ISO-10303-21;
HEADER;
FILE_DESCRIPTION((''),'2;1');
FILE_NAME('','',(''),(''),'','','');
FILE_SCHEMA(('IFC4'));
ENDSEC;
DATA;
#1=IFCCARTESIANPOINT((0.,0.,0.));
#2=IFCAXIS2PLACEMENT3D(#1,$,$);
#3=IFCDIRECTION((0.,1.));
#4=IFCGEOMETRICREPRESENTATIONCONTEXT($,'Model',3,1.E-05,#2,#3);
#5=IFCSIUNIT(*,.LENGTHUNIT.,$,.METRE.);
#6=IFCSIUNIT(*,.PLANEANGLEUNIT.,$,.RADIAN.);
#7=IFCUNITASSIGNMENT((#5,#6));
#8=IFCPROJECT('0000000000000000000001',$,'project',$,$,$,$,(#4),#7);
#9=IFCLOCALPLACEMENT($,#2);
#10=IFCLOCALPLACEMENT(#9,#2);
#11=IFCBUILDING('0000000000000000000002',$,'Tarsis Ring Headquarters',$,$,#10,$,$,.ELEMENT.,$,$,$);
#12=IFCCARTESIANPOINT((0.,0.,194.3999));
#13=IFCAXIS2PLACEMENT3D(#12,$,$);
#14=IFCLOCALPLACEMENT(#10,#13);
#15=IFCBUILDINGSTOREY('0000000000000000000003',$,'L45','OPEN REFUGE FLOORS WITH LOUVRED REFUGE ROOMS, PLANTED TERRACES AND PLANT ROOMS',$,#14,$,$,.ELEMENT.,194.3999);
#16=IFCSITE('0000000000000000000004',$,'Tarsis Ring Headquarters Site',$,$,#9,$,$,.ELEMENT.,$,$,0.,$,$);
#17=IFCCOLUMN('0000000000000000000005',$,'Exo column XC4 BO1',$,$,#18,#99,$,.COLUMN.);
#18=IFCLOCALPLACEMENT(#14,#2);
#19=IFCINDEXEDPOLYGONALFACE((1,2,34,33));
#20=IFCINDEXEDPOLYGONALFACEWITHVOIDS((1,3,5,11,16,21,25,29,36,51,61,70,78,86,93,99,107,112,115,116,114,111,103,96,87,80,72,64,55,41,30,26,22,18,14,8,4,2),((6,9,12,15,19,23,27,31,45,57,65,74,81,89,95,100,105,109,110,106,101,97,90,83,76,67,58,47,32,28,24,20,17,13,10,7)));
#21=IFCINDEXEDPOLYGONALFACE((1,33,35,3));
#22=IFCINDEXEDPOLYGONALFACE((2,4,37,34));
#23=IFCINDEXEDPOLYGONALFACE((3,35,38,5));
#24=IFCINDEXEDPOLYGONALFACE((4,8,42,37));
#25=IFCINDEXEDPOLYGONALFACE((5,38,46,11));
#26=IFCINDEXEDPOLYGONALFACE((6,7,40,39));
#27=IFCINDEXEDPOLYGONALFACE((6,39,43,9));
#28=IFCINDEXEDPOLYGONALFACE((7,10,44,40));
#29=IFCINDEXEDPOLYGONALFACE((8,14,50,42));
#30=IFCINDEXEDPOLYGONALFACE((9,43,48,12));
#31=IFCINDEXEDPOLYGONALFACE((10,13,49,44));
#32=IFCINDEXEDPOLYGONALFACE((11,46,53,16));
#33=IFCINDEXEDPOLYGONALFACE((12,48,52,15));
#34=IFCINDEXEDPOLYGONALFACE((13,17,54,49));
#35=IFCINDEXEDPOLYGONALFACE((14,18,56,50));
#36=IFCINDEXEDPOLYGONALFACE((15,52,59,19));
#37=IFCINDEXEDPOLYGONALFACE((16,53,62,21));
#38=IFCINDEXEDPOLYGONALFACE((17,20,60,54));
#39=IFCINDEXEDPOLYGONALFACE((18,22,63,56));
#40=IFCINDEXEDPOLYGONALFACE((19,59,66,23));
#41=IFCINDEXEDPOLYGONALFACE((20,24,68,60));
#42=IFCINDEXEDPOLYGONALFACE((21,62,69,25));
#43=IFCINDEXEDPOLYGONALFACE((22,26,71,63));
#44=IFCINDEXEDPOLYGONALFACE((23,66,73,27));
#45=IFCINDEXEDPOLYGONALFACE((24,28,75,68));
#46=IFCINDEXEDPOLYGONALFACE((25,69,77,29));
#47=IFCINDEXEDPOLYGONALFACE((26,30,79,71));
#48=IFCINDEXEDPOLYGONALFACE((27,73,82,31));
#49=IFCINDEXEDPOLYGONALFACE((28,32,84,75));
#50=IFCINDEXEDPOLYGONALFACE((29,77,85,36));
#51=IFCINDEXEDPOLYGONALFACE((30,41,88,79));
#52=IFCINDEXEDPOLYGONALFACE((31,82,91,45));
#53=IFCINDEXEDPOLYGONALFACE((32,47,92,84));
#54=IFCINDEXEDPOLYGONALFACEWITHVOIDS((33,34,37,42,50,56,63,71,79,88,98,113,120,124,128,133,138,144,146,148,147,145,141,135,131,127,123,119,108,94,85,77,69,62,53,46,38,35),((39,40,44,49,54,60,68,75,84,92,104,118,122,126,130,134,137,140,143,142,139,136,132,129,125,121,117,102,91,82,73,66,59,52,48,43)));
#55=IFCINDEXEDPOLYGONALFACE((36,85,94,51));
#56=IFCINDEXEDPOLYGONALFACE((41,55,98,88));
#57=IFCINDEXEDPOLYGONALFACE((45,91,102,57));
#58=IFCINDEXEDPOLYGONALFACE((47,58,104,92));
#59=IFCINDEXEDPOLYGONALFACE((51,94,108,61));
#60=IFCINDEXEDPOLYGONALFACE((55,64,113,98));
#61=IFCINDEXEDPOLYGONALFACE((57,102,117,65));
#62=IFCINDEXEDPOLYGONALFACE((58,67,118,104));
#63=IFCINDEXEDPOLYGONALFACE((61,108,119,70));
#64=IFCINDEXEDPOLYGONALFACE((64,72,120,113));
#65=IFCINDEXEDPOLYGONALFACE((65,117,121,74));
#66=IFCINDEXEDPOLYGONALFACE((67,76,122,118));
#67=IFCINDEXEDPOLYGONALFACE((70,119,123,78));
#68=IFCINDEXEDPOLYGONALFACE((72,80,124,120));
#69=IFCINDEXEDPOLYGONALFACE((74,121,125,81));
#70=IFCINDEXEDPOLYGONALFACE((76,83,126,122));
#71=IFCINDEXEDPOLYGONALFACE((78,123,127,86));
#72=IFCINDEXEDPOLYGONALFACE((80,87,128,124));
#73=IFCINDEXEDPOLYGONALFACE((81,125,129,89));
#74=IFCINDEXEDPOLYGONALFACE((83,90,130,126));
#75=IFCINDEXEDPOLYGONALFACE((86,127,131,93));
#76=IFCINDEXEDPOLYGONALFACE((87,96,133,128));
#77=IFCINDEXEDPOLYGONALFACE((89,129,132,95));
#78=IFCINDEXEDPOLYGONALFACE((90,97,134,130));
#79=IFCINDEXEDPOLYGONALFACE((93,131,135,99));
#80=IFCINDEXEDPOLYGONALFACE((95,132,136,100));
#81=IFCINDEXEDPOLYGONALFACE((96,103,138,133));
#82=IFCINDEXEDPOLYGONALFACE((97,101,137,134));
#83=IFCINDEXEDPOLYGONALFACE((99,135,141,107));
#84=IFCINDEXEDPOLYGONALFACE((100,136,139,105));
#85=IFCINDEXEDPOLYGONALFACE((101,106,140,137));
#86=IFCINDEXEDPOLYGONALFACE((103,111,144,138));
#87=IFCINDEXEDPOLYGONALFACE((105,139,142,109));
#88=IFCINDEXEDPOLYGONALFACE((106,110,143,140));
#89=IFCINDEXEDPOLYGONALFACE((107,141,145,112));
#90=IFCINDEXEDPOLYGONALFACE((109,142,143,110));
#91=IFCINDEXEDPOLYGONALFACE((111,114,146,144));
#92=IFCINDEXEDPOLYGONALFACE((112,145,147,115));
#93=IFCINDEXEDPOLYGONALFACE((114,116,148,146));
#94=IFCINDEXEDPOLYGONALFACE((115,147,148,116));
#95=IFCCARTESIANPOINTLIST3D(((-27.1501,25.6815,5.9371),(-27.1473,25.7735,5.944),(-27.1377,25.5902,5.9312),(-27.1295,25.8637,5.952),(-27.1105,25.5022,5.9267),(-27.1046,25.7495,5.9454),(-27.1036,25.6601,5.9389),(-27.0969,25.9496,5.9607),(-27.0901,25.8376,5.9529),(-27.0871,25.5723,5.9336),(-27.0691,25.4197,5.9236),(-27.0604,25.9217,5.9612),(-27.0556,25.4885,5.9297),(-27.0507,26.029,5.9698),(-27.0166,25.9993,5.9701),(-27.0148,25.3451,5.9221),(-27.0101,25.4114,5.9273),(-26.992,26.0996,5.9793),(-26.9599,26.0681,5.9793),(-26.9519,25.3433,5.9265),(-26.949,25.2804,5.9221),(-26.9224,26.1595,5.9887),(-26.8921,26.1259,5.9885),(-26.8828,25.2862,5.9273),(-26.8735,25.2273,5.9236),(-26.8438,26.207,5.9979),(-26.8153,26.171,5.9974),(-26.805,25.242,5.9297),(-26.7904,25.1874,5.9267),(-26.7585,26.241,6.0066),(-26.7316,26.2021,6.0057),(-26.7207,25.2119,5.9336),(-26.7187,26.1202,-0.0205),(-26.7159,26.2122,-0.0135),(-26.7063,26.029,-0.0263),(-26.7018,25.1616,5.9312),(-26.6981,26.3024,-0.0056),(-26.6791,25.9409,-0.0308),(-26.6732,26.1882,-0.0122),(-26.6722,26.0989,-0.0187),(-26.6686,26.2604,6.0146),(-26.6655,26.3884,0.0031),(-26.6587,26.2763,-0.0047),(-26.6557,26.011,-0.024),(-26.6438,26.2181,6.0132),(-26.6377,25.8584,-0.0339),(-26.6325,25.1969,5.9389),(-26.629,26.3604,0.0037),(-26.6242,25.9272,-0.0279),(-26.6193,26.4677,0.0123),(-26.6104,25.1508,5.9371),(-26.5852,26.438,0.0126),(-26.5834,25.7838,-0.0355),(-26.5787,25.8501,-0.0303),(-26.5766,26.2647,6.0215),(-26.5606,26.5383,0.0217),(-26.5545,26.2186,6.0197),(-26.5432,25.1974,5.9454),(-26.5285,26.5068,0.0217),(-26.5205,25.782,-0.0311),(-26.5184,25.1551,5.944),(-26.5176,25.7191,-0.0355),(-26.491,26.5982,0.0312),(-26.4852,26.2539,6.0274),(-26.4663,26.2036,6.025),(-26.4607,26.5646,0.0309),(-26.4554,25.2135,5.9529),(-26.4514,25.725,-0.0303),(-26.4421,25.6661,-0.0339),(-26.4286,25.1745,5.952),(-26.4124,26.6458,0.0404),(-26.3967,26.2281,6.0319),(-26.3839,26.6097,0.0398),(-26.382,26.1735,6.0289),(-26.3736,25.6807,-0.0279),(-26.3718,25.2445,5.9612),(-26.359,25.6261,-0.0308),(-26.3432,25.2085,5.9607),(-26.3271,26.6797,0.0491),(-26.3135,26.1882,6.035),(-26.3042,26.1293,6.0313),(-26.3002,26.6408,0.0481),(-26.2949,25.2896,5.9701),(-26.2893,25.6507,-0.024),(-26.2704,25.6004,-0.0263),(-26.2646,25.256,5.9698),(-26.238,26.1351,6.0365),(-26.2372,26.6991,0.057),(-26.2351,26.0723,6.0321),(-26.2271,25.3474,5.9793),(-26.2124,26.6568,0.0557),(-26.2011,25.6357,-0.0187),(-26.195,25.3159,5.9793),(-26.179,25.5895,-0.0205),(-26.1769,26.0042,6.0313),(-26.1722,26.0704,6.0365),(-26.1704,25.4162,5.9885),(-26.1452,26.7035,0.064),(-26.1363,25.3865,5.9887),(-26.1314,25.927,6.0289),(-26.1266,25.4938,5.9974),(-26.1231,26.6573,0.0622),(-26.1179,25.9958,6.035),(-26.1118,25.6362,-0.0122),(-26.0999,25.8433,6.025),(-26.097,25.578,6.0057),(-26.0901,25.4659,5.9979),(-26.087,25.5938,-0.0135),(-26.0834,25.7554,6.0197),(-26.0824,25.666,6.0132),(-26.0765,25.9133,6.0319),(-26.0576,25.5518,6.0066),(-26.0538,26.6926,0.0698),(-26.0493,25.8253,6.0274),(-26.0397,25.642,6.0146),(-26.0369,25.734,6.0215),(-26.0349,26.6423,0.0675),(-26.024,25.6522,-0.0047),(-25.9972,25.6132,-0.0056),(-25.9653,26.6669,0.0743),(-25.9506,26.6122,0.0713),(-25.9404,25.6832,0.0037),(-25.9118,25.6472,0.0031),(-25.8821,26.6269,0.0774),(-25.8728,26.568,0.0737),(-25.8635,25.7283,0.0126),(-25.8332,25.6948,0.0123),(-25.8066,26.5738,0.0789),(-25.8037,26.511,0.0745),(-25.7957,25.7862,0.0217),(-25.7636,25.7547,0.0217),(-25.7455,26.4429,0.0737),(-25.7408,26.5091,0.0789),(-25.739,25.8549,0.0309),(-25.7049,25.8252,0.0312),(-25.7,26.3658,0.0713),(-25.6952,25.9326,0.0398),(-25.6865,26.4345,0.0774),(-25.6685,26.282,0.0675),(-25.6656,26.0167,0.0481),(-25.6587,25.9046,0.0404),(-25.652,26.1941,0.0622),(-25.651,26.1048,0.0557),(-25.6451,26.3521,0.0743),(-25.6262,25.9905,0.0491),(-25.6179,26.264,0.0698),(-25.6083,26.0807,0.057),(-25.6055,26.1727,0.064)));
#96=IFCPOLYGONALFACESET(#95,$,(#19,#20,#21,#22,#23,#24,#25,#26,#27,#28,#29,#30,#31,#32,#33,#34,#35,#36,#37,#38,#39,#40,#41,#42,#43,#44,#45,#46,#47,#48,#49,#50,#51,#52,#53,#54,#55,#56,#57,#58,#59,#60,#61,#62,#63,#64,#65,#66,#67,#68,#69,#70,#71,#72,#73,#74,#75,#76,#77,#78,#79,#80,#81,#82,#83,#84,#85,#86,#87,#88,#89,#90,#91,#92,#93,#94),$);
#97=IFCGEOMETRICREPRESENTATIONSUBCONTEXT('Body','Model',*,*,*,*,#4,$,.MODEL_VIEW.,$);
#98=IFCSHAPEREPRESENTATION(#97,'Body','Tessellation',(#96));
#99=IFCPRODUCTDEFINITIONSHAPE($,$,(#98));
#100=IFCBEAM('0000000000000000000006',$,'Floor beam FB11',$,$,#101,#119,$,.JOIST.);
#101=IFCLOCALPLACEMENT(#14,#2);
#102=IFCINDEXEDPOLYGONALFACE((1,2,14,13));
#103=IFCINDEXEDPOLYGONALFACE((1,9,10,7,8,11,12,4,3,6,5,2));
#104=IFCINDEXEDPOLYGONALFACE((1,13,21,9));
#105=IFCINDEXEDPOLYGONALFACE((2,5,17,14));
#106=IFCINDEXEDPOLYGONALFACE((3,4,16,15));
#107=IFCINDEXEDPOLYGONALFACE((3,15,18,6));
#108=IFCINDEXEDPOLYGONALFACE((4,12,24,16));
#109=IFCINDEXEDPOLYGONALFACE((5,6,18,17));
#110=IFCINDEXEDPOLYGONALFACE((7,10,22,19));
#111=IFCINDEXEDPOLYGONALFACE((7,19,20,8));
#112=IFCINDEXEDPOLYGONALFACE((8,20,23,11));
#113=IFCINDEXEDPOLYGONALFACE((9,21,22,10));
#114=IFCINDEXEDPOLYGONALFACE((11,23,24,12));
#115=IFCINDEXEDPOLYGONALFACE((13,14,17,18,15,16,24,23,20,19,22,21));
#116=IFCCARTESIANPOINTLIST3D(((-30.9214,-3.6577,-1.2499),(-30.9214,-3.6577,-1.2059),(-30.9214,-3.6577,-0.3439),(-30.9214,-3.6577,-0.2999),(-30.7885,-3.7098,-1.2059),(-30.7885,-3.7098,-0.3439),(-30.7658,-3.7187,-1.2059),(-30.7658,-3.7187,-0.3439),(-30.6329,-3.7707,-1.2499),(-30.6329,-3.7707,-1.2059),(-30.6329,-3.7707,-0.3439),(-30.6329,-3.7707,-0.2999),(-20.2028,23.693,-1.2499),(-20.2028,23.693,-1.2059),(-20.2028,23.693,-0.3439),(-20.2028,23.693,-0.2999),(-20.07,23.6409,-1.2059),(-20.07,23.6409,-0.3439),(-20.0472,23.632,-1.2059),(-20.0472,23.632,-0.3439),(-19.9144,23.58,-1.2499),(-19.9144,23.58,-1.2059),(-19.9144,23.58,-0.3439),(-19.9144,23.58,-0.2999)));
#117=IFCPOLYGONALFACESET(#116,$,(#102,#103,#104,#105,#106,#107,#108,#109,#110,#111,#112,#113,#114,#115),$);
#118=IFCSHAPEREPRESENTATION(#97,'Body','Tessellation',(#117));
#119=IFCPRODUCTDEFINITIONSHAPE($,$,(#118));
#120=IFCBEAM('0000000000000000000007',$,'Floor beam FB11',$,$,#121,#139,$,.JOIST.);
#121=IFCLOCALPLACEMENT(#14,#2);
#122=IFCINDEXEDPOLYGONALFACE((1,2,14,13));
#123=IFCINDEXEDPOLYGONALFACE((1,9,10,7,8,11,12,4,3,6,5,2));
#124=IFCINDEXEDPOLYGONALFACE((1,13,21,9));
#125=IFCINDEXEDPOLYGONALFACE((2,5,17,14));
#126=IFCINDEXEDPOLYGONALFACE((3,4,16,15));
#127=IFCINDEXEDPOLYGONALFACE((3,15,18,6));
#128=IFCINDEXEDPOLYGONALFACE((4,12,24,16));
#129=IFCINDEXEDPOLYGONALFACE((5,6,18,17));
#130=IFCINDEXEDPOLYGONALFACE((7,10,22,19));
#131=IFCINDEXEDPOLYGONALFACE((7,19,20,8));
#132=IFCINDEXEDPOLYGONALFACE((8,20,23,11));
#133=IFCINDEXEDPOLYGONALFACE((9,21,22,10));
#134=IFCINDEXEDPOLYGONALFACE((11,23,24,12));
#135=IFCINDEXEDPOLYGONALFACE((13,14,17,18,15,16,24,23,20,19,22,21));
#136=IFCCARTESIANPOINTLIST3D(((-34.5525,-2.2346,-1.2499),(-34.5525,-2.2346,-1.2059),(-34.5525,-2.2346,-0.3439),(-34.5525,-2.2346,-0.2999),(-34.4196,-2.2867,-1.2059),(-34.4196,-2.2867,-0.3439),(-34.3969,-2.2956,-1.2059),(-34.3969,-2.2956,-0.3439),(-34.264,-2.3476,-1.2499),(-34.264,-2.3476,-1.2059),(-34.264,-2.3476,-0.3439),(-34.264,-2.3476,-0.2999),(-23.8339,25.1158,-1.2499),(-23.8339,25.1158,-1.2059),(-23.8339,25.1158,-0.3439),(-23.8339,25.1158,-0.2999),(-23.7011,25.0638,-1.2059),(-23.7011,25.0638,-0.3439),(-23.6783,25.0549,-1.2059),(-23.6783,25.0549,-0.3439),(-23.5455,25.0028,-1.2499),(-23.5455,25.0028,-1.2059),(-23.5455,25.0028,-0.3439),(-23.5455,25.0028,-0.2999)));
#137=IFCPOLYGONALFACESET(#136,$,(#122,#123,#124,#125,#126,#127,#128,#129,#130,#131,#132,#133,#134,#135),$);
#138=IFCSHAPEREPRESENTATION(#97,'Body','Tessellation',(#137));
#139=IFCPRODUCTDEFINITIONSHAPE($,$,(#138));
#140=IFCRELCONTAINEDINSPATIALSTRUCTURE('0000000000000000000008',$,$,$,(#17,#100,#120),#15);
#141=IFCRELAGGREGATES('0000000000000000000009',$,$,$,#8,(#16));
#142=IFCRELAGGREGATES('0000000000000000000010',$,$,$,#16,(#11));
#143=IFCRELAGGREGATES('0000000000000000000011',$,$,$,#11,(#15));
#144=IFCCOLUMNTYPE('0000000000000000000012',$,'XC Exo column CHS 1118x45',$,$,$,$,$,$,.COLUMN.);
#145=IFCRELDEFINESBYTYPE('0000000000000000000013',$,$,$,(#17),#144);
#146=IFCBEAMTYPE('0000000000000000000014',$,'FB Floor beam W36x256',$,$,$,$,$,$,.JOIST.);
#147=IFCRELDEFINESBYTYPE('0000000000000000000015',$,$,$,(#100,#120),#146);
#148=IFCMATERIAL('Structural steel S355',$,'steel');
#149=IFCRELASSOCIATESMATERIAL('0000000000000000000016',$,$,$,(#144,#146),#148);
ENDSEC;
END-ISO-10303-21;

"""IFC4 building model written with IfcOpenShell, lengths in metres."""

from ifc_helpers import new_model, si_unit, direction, frame, origin, origin_2d, place, context, subcontext, project, spatial, hollow_circle, i_section, extrude, material, material_profile, profile_set, type_object, element, save


model = new_model("IFC4")

# Units and contexts
model_context = context("Model", 3, precision=1e-05, world=origin(), true_north=direction((0.0, 1.0)))
body_context = subcontext(model_context, "Body", "Model", "MODEL_VIEW")
ifc_project = project(units=[si_unit("LENGTHUNIT", "METRE"), si_unit("PLANEANGLEUNIT", "RADIAN")], contexts=[model_context])

# Site, building, storey
site_placement = place(None, origin())
site = spatial("IfcSite", under=ifc_project, at=site_placement, Name="Tarsis Ring Headquarters Site", CompositionType="ELEMENT", RefElevation=0.0)
building_placement = place(site_placement, origin())
building = spatial("IfcBuilding", under=site, at=building_placement, Name="Tarsis Ring Headquarters", CompositionType="ELEMENT")
storey_placement = place(building_placement, frame((0.0, 0.0, 194.3999)))
storey = spatial("IfcBuildingStorey", under=building, at=storey_placement, Name="L45", Description="OPEN REFUGE FLOORS WITH LOUVRED REFUGE ROOMS, PLANTED TERRACES AND PLANT ROOMS", CompositionType="ELEMENT", Elevation=194.3999)

# Column
ifc_material_1 = material(Name="Structural steel S355", Category="steel")
ifc_material_profile_1 = material_profile(ifc_material_1, hollow_circle(Radius=0.5588, WallThickness=0.0449, at=origin_2d()), Name="CHS 1118x45")
ifc_profile_set_1 = profile_set([ifc_material_profile_1], Name="Structural steel S355")
column_type = type_object("IfcColumnType", Name="XC Exo column CHS 1118x45", PredefinedType="COLUMN", material=ifc_profile_set_1)
column_placement = place(storey_placement, frame((-26.1621, 26.1465, 0.0217), z_axis=(-0.072029, -0.073252, 0.994709), x_axis=(0.713034, -0.70113, 0.0)))
element("IfcColumn", 1, at=column_placement, inside=storey, type_object=column_type, Name="Exo column XC4 BO1", PredefinedType="COLUMN", context=body_context, shape_type="SweptSolid", body=[
    extrude(hollow_circle(Radius=0.5588, WallThickness=0.0449, at=origin_2d()), origin(), (0.0, 0.0, 1.0), 5.9893),
])

# Beams
ifc_material_profile_2 = material_profile(ifc_material_1, i_section(OverallWidth=0.3098, OverallDepth=0.95, WebThickness=0.0244, FlangeThickness=0.0439, at=origin_2d()), Name="W36x256")
ifc_profile_set_2 = profile_set([ifc_material_profile_2], Name="Structural steel S355")
beam_type_1 = type_object("IfcBeamType", Name="FB Floor beam W36x256", PredefinedType="JOIST", material=ifc_profile_set_2)
beam_1_placement = place(storey_placement, frame((-20.0586, 23.6365, -0.7749), z_axis=(-0.364875, -0.931057, 0.0), x_axis=(0.931057, -0.364875, 0.0)))
element("IfcBeam", 2, at=beam_1_placement, inside=storey, type_object=beam_type_1, Name="Floor beam FB11", PredefinedType="JOIST", context=body_context, shape_type="SweptSolid", body=[
    extrude(i_section(OverallWidth=0.3098, OverallDepth=0.95, WebThickness=0.0244, FlangeThickness=0.0439, at=origin_2d()), origin(), (0.0, 0.0, 1.0), 29.376),
])
beam_2_placement = place(storey_placement, frame((-23.6897, 25.0593, -0.7749), z_axis=(-0.364877, -0.931056, 0.0), x_axis=(0.931056, -0.364877, 0.0)))
element("IfcBeam", 3, at=beam_2_placement, inside=storey, type_object=beam_type_1, Name="Floor beam FB11", PredefinedType="JOIST", context=body_context, shape_type="SweptSolid", body=[
    extrude(i_section(OverallWidth=0.3098, OverallDepth=0.95, WebThickness=0.0244, FlangeThickness=0.0439, at=origin_2d()), origin(), (0.0, 0.0, 1.0), 29.3757),
])

save(model, "model.ifc")
